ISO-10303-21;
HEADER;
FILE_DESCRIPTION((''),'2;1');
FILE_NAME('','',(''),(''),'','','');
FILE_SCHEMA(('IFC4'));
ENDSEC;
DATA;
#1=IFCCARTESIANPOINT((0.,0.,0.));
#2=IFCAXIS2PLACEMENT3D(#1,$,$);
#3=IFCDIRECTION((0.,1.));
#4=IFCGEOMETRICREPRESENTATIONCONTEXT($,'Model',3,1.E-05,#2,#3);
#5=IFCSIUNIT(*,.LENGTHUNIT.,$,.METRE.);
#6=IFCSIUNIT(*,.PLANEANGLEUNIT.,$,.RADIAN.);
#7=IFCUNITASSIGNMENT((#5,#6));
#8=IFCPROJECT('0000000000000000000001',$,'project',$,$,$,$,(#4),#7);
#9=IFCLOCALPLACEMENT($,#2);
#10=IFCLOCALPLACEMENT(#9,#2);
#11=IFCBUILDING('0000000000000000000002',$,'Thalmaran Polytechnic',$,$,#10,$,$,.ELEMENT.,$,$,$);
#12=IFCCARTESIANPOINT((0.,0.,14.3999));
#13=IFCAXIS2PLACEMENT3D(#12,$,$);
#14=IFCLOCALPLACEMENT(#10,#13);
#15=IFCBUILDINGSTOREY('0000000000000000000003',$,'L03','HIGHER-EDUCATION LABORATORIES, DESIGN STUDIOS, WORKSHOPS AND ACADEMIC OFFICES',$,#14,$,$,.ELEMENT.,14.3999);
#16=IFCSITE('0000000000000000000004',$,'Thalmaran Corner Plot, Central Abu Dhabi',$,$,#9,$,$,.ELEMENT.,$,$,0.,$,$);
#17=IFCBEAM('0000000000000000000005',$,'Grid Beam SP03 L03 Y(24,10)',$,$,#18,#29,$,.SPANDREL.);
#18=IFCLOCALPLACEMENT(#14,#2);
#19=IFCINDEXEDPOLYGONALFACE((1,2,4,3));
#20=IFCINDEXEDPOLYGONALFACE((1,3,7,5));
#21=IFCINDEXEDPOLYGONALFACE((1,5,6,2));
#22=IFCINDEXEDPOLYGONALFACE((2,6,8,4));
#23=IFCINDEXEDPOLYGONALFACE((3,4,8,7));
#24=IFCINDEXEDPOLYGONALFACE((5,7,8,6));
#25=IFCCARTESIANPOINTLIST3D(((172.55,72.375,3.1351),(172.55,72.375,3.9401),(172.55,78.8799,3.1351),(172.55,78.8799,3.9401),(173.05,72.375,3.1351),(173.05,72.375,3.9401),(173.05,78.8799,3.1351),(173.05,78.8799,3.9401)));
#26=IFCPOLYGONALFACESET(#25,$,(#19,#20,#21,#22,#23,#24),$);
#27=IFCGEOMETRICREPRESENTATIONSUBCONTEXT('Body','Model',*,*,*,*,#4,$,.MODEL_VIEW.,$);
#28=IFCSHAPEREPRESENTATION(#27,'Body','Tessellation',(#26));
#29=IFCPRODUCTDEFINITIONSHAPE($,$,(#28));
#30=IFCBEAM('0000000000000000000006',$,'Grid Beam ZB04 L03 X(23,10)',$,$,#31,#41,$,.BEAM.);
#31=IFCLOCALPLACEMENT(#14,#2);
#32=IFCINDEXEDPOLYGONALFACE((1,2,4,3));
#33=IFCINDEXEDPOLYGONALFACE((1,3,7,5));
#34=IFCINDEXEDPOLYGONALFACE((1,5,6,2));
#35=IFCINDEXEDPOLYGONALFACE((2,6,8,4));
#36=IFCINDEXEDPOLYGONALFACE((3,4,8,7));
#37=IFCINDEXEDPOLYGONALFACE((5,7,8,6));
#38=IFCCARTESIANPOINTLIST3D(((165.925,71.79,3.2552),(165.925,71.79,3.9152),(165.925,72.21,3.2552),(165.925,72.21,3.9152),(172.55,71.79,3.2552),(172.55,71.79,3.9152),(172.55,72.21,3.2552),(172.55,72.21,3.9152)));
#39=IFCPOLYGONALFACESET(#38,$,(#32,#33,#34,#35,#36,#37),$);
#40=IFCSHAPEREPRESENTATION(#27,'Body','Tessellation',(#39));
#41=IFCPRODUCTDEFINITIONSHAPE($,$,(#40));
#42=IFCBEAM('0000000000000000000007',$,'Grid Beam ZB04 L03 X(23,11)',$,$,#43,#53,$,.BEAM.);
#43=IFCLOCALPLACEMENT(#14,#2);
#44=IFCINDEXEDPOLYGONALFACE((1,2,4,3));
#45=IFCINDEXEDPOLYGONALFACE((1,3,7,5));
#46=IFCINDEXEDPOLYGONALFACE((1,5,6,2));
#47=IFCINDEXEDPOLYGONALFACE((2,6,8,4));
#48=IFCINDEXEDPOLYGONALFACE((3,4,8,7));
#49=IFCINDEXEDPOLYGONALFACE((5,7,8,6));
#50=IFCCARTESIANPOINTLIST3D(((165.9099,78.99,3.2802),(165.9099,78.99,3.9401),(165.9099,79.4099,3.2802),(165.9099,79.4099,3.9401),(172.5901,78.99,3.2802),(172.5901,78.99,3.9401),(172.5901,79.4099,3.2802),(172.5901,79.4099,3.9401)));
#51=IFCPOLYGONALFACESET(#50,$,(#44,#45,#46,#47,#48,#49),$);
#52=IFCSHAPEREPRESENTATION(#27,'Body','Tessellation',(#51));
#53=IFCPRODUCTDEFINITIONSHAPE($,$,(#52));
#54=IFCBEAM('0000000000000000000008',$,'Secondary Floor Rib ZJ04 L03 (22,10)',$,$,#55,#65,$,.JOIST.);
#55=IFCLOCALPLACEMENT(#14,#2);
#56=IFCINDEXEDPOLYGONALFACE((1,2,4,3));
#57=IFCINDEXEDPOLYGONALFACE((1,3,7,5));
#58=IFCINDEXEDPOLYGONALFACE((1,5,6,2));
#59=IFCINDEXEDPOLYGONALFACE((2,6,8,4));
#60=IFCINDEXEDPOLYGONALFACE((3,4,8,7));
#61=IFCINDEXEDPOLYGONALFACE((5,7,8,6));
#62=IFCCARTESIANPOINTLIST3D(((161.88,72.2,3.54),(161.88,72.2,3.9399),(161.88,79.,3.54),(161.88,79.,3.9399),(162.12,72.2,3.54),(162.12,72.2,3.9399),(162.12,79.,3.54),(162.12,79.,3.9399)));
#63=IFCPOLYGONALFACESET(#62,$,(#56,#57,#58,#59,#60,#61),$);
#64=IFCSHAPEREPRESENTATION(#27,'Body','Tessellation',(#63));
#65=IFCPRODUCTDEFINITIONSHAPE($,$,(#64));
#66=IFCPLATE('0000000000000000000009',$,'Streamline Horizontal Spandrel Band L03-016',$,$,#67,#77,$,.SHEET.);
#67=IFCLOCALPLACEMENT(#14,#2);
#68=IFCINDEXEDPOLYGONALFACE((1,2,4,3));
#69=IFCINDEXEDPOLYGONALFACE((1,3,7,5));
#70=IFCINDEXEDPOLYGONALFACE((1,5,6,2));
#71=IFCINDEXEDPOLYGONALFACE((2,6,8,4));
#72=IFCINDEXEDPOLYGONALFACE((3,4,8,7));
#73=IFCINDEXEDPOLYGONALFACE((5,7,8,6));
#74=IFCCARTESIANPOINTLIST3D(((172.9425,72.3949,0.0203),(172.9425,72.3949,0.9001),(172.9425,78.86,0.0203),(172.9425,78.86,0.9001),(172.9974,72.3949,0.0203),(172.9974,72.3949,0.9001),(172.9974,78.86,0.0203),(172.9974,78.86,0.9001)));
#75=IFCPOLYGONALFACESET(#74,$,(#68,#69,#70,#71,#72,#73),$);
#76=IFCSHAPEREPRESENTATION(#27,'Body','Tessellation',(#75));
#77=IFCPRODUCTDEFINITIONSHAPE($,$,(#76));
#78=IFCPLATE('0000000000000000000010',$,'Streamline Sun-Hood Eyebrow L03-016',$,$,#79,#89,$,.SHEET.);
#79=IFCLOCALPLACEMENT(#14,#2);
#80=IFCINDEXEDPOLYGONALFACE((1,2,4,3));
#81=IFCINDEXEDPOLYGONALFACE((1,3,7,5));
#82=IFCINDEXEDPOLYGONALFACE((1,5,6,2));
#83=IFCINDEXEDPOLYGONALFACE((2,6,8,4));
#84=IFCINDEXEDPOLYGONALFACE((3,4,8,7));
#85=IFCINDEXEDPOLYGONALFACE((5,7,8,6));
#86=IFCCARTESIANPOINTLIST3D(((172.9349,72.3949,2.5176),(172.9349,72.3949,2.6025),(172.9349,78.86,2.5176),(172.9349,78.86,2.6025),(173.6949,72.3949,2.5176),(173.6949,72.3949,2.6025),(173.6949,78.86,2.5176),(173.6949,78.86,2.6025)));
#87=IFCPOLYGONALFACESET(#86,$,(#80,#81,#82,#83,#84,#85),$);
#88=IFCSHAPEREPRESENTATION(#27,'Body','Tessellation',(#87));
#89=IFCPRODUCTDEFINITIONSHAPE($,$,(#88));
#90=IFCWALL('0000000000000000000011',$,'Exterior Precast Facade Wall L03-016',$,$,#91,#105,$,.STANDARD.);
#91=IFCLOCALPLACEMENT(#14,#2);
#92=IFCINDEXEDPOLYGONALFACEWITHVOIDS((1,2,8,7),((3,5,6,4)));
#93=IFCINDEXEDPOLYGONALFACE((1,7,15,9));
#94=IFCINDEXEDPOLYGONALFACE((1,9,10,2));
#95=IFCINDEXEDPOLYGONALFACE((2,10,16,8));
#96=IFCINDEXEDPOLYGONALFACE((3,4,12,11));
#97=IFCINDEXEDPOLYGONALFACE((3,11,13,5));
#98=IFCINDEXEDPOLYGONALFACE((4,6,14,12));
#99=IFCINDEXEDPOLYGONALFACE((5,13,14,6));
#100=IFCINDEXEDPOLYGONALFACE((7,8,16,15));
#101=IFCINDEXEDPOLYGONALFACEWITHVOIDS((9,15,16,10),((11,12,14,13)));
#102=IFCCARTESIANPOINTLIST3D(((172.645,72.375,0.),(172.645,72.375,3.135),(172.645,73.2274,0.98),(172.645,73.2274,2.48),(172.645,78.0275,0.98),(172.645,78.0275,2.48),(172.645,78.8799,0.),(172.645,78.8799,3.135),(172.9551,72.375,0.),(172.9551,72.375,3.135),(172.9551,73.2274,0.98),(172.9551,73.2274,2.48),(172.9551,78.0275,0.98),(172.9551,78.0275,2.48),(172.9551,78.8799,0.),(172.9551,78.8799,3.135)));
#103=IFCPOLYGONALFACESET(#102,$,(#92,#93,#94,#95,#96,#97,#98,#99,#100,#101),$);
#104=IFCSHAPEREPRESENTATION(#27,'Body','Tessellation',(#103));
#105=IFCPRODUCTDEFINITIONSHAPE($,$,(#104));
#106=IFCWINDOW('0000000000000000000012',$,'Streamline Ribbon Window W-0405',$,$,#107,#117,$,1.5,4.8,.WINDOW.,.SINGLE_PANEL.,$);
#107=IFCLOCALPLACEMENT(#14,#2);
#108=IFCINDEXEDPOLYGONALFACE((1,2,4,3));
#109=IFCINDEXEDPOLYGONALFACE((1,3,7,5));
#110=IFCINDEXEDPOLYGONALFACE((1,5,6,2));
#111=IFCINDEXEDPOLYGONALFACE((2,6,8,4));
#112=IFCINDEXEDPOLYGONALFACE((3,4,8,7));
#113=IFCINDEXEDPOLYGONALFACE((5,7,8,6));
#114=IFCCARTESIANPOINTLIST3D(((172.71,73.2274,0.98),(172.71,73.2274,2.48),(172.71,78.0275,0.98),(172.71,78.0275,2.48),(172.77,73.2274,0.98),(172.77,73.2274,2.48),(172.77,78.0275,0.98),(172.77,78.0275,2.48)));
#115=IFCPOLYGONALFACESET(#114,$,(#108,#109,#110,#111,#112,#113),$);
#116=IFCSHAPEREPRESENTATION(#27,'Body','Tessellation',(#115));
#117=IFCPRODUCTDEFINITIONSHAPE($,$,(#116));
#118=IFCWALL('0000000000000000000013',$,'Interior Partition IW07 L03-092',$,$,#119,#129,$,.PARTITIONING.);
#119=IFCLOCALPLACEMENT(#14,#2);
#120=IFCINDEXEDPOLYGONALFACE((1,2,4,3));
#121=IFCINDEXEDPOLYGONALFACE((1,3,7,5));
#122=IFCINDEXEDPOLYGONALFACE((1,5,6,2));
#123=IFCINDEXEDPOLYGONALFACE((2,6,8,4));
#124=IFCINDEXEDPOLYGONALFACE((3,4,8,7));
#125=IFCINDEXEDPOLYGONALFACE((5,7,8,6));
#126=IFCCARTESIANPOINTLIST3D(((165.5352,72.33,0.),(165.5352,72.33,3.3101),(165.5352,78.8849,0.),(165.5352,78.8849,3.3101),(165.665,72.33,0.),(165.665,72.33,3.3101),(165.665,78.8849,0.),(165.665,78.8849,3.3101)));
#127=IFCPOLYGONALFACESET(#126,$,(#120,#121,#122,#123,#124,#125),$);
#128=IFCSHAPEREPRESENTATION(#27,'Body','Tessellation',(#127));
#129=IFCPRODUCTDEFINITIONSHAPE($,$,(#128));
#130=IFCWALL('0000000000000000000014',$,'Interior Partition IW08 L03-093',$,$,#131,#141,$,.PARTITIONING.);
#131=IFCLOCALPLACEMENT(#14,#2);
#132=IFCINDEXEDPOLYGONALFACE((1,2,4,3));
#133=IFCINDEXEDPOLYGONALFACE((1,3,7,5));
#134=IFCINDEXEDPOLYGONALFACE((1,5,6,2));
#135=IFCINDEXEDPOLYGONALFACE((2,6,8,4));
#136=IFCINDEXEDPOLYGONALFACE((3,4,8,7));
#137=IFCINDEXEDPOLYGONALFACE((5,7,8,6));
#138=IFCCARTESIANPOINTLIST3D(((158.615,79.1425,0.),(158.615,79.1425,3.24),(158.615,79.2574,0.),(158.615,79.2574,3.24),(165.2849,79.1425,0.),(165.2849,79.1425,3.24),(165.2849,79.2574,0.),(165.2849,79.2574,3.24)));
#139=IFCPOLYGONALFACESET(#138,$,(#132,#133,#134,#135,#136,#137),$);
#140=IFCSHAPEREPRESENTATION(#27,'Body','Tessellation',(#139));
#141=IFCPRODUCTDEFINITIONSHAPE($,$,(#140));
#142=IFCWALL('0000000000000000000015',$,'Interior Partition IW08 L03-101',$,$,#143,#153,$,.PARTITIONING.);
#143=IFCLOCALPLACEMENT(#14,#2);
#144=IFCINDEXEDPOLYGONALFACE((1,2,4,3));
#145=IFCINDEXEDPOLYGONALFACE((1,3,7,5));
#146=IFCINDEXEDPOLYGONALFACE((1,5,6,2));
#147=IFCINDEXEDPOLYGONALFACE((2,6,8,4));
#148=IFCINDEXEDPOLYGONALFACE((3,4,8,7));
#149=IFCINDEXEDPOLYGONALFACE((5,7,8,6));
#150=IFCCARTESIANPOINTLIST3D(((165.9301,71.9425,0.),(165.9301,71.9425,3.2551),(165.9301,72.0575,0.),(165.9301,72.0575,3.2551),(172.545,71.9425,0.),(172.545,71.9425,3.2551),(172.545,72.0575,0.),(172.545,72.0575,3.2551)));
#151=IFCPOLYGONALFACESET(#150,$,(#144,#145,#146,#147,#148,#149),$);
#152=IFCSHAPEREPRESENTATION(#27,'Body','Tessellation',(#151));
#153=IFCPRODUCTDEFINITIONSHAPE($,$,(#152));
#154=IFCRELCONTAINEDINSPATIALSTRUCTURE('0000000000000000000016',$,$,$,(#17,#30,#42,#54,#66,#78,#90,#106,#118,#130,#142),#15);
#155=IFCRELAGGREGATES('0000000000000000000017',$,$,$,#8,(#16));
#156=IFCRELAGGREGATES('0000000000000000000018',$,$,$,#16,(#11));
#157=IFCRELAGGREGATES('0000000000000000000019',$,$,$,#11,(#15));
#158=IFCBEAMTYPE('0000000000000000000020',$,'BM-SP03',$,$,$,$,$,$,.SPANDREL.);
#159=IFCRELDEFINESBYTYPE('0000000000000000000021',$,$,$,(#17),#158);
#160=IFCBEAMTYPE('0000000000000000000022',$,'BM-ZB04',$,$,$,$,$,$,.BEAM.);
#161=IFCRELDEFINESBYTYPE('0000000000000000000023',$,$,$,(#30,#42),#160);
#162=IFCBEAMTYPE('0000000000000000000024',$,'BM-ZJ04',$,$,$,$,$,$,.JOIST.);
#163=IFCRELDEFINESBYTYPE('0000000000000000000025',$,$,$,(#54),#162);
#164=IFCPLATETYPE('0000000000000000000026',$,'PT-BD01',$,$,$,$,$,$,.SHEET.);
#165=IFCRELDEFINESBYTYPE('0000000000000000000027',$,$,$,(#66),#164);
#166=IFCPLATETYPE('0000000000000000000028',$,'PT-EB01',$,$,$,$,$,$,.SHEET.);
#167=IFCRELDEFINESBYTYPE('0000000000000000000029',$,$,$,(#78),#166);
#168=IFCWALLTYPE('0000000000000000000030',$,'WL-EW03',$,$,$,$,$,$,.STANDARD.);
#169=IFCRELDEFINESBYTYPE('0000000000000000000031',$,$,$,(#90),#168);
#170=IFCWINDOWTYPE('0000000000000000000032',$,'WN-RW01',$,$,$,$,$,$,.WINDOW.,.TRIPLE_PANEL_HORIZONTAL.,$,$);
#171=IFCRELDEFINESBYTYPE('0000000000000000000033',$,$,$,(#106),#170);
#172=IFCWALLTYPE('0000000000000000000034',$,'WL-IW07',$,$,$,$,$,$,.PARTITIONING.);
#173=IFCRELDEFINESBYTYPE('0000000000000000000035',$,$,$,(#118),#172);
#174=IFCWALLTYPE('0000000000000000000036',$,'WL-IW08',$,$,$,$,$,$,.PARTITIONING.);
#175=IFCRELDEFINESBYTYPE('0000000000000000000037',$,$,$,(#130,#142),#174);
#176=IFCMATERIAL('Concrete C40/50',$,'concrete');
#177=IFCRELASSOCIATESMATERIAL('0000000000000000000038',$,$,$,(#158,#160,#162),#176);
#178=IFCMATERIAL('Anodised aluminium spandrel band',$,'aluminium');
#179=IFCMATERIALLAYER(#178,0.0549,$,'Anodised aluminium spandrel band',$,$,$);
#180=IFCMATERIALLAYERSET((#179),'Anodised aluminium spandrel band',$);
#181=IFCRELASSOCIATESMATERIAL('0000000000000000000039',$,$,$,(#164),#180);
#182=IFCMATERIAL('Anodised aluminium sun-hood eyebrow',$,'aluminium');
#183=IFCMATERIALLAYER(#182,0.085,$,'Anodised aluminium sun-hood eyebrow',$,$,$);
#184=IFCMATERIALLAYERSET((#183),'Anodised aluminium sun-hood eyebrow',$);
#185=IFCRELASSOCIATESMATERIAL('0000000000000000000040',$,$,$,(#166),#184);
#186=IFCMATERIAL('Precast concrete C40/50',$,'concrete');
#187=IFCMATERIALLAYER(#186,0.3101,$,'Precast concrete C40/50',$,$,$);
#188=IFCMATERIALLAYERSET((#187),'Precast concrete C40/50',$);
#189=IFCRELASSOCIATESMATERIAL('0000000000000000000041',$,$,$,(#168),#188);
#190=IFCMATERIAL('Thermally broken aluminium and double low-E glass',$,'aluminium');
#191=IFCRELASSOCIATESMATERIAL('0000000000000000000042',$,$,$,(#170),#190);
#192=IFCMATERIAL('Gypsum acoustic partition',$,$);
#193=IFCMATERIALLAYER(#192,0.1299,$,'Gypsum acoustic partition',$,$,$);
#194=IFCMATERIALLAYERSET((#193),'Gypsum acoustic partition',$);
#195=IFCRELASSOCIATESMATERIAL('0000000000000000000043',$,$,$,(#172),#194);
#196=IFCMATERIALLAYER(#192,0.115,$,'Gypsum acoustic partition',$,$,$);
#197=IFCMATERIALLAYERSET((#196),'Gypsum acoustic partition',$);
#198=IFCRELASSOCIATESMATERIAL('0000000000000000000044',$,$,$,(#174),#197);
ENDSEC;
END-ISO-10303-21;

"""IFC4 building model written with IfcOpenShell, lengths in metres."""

from ifc_helpers import new_model, si_unit, direction, frame, frame_2d, origin, origin_2d, place, context, subcontext, project, spatial, rectangle, extrude, material, layer, layer_set, material_profile, profile_set, type_object, element, fill, save


model = new_model("IFC4")

# Units and contexts
model_context = context("Model", 3, precision=1e-05, world=origin(), true_north=direction((0.0, 1.0)))
body_context = subcontext(model_context, "Body", "Model", "MODEL_VIEW")
ifc_project = project(units=[si_unit("LENGTHUNIT", "METRE"), si_unit("PLANEANGLEUNIT", "RADIAN")], contexts=[model_context])

# Site, building, storey
site_placement = place(None, origin())
site = spatial("IfcSite", under=ifc_project, at=site_placement, Name="Thalmaran Corner Plot, Central Abu Dhabi", CompositionType="ELEMENT", RefElevation=0.0)
building_placement = place(site_placement, origin())
building = spatial("IfcBuilding", under=site, at=building_placement, Name="Thalmaran Polytechnic", CompositionType="ELEMENT")
storey_placement = place(building_placement, frame((0.0, 0.0, 14.3999)))
storey = spatial("IfcBuildingStorey", under=building, at=storey_placement, Name="L03", Description="HIGHER-EDUCATION LABORATORIES, DESIGN STUDIOS, WORKSHOPS AND ACADEMIC OFFICES", CompositionType="ELEMENT", Elevation=14.3999)

# Shared definitions
ifc_material_1 = material(Name="Concrete C40/50", Category="concrete")

# Beams
ifc_material_profile_1 = material_profile(ifc_material_1, rectangle(XDim=0.5, YDim=0.8049, at=origin_2d()), Name="RC 500x805")
ifc_profile_set_1 = profile_set([ifc_material_profile_1], Name="Concrete C40/50")
beam_type_1 = type_object("IfcBeamType", Name="BM-SP03", PredefinedType="SPANDREL", material=ifc_profile_set_1)
beam_1_placement = place(storey_placement, frame((172.8, 72.375, 3.5376), z_axis=(0.0, 1.0, 0.0), x_axis=(-1.0, 0.0, 0.0)))
element("IfcBeam", 1, at=beam_1_placement, inside=storey, type_object=beam_type_1, Name="Grid Beam SP03 L03 Y(24,10)", PredefinedType="SPANDREL", context=body_context, shape_type="SweptSolid", body=[
    extrude(rectangle(XDim=0.5, YDim=0.8049, at=origin_2d()), origin(), (0.0, 0.0, 1.0), 6.5049),
])
ifc_material_profile_2 = material_profile(ifc_material_1, rectangle(XDim=0.4199, YDim=0.6599, at=origin_2d()), Name="RC 420x660")
ifc_profile_set_2 = profile_set([ifc_material_profile_2], Name="Concrete C40/50")
beam_type_2 = type_object("IfcBeamType", Name="BM-ZB04", PredefinedType="BEAM", material=ifc_profile_set_2)
beam_2_placement = place(storey_placement, frame((165.925, 72.0, 3.5852), z_axis=(1.0, 0.0, 0.0), x_axis=(0.0, 1.0, 0.0)))
element("IfcBeam", 2, at=beam_2_placement, inside=storey, type_object=beam_type_2, Name="Grid Beam ZB04 L03 X(23,10)", PredefinedType="BEAM", context=body_context, shape_type="SweptSolid", body=[
    extrude(rectangle(XDim=0.4199, YDim=0.6599, at=origin_2d()), origin(), (0.0, 0.0, 1.0), 6.625),
])
beam_3_placement = place(storey_placement, frame((165.9099, 79.2, 3.6101), z_axis=(1.0, 0.0, 0.0), x_axis=(0.0, 1.0, 0.0)))
element("IfcBeam", 3, at=beam_3_placement, inside=storey, type_object=beam_type_2, Name="Grid Beam ZB04 L03 X(23,11)", PredefinedType="BEAM", context=body_context, shape_type="SweptSolid", body=[
    extrude(rectangle(XDim=0.4199, YDim=0.6599, at=origin_2d()), origin(), (0.0, 0.0, 1.0), 6.6802),
])
ifc_material_profile_3 = material_profile(ifc_material_1, rectangle(XDim=0.24, YDim=0.3999, at=origin_2d()), Name="RC 240x400")
ifc_profile_set_3 = profile_set([ifc_material_profile_3], Name="Concrete C40/50")
beam_type_3 = type_object("IfcBeamType", Name="BM-ZJ04", PredefinedType="JOIST", material=ifc_profile_set_3)
beam_4_placement = place(storey_placement, frame((162.0, 72.2, 3.74), z_axis=(0.0, 1.0, 0.0), x_axis=(-1.0, 0.0, 0.0)))
element("IfcBeam", 4, at=beam_4_placement, inside=storey, type_object=beam_type_3, Name="Secondary Floor Rib ZJ04 L03 (22,10)", PredefinedType="JOIST", context=body_context, shape_type="SweptSolid", body=[
    extrude(rectangle(XDim=0.24, YDim=0.3999, at=origin_2d()), origin(), (0.0, 0.0, 1.0), 6.8),
])

# Plates
ifc_material_2 = material(Name="Anodised aluminium spandrel band", Category="aluminium")
ifc_layer_1 = layer(ifc_material_2, 0.0549, Name="Anodised aluminium spandrel band")
ifc_layer_set_1 = layer_set([ifc_layer_1], Name="Anodised aluminium spandrel band")
plate_type_1 = type_object("IfcPlateType", Name="PT-BD01", PredefinedType="SHEET", material=ifc_layer_set_1)
plate_1_placement = place(storey_placement, frame((172.97, 75.6274, 0.0203), z_axis=(0.0, 0.0, 1.0), x_axis=(0.0, -1.0, 0.0)))
element("IfcPlate", 5, at=plate_1_placement, inside=storey, type_object=plate_type_1, Name="Streamline Horizontal Spandrel Band L03-016", PredefinedType="SHEET", context=body_context, shape_type="SweptSolid", body=[
    extrude(rectangle(XDim=6.4651, YDim=0.0549, at=origin_2d()), origin(), (0.0, 0.0, 1.0), 0.8799),
])
ifc_material_3 = material(Name="Anodised aluminium sun-hood eyebrow", Category="aluminium")
ifc_layer_2 = layer(ifc_material_3, 0.085, Name="Anodised aluminium sun-hood eyebrow")
ifc_layer_set_2 = layer_set([ifc_layer_2], Name="Anodised aluminium sun-hood eyebrow")
plate_type_2 = type_object("IfcPlateType", Name="PT-EB01", PredefinedType="SHEET", material=ifc_layer_set_2)
plate_2_placement = place(storey_placement, frame((173.3149, 75.6274, 2.5176), z_axis=(0.0, 0.0, 1.0), x_axis=(0.0, -1.0, 0.0)))
element("IfcPlate", 6, at=plate_2_placement, inside=storey, type_object=plate_type_2, Name="Streamline Sun-Hood Eyebrow L03-016", PredefinedType="SHEET", context=body_context, shape_type="SweptSolid", body=[
    extrude(rectangle(XDim=6.4651, YDim=0.76, at=origin_2d()), origin(), (0.0, 0.0, 1.0), 0.085),
])

# Wall, opening, window
ifc_material_4 = material(Name="Precast concrete C40/50", Category="concrete")
ifc_layer_3 = layer(ifc_material_4, 0.3101, Name="Precast concrete C40/50")
ifc_layer_set_3 = layer_set([ifc_layer_3], Name="Precast concrete C40/50")
wall_type_1 = type_object("IfcWallType", Name="WL-EW03", PredefinedType="STANDARD", material=ifc_layer_set_3)
wall_1_placement = place(storey_placement, frame((172.8, 78.8799, 0.0), z_axis=(0.0, 0.0, 1.0), x_axis=(0.0, -1.0, 0.0)))
wall_1 = element("IfcWall", 7, at=wall_1_placement, inside=storey, type_object=wall_type_1, Name="Exterior Precast Facade Wall L03-016", PredefinedType="STANDARD", context=body_context, shape_type="SweptSolid", body=[
    extrude(rectangle(XDim=6.5049, YDim=0.3101, at=frame_2d((3.2524, 0.0))), origin(), (0.0, 0.0, 1.0), 3.135),
])
opening_placement = place(wall_1_placement, frame((0.8525, 0.0, 0.98)))
opening = element("IfcOpeningElement", 8, at=opening_placement, cuts=wall_1, PredefinedType="OPENING", context=body_context, shape_type="SweptSolid", body=[
    extrude(rectangle(XDim=4.8, YDim=1.5, at=frame_2d((2.3999, 0.75))), frame((0.0, 0.165, 0.0), z_axis=(0.0, -1.0, 0.0), x_axis=(1.0, 0.0, 0.0)), (0.0, 0.0, 1.0), 0.3301),
])
ifc_material_5 = material(Name="Thermally broken aluminium and double low-E glass", Category="aluminium")
window_type = type_object("IfcWindowType", Name="WN-RW01", PartitioningType="TRIPLE_PANEL_HORIZONTAL", PredefinedType="WINDOW", material=ifc_material_5)
window_placement = place(opening_placement, origin())
window = element("IfcWindow", 9, at=window_placement, inside=storey, type_object=window_type, Name="Streamline Ribbon Window W-0405", OverallHeight=1.5, OverallWidth=4.8, PartitioningType="SINGLE_PANEL", PredefinedType="WINDOW", context=body_context, shape_type="SweptSolid", body=[
    extrude(rectangle(XDim=4.8, YDim=1.5, at=frame_2d((2.3999, 0.75))), frame((0.0, -0.03, 0.0), z_axis=(0.0, -1.0, 0.0), x_axis=(1.0, 0.0, 0.0)), (0.0, 0.0, 1.0), 0.0601),
])
fill(opening, window)

# Walls
ifc_material_6 = material(Name="Gypsum acoustic partition")
ifc_layer_4 = layer(ifc_material_6, 0.1299, Name="Gypsum acoustic partition")
ifc_layer_set_4 = layer_set([ifc_layer_4], Name="Gypsum acoustic partition")
wall_type_2 = type_object("IfcWallType", Name="WL-IW07", PredefinedType="PARTITIONING", material=ifc_layer_set_4)
wall_2_placement = place(storey_placement, frame((165.6001, 72.3301, 0.0), z_axis=(0.0, 0.0, 1.0), x_axis=(0.0, 1.0, 0.0)))
element("IfcWall", 10, at=wall_2_placement, inside=storey, type_object=wall_type_2, Name="Interior Partition IW07 L03-092", PredefinedType="PARTITIONING", context=body_context, shape_type="SweptSolid", body=[
    extrude(rectangle(XDim=6.5549, YDim=0.1299, at=frame_2d((3.2773, 0.0))), origin(), (0.0, 0.0, 1.0), 3.3101),
])
ifc_layer_5 = layer(ifc_material_6, 0.115, Name="Gypsum acoustic partition")
ifc_layer_set_5 = layer_set([ifc_layer_5], Name="Gypsum acoustic partition")
wall_type_3 = type_object("IfcWallType", Name="WL-IW08", PredefinedType="PARTITIONING", material=ifc_layer_set_5)
wall_3_placement = place(storey_placement, frame((158.615, 79.2, 0.0), z_axis=(0.0, 0.0, 1.0), x_axis=(1.0, 0.0, 0.0)))
element("IfcWall", 11, at=wall_3_placement, inside=storey, type_object=wall_type_3, Name="Interior Partition IW08 L03-093", PredefinedType="PARTITIONING", context=body_context, shape_type="SweptSolid", body=[
    extrude(rectangle(XDim=6.6699, YDim=0.115, at=frame_2d((3.335, 0.0))), origin(), (0.0, 0.0, 1.0), 3.24),
])
wall_4_placement = place(storey_placement, frame((165.9299, 72.0, 0.0), z_axis=(0.0, 0.0, 1.0), x_axis=(1.0, 0.0, 0.0)))
element("IfcWall", 12, at=wall_4_placement, inside=storey, type_object=wall_type_3, Name="Interior Partition IW08 L03-101", PredefinedType="PARTITIONING", context=body_context, shape_type="SweptSolid", body=[
    extrude(rectangle(XDim=6.615, YDim=0.115, at=frame_2d((3.3076, 0.0))), origin(), (0.0, 0.0, 1.0), 3.2551),
])

save(model, "model.ifc")
